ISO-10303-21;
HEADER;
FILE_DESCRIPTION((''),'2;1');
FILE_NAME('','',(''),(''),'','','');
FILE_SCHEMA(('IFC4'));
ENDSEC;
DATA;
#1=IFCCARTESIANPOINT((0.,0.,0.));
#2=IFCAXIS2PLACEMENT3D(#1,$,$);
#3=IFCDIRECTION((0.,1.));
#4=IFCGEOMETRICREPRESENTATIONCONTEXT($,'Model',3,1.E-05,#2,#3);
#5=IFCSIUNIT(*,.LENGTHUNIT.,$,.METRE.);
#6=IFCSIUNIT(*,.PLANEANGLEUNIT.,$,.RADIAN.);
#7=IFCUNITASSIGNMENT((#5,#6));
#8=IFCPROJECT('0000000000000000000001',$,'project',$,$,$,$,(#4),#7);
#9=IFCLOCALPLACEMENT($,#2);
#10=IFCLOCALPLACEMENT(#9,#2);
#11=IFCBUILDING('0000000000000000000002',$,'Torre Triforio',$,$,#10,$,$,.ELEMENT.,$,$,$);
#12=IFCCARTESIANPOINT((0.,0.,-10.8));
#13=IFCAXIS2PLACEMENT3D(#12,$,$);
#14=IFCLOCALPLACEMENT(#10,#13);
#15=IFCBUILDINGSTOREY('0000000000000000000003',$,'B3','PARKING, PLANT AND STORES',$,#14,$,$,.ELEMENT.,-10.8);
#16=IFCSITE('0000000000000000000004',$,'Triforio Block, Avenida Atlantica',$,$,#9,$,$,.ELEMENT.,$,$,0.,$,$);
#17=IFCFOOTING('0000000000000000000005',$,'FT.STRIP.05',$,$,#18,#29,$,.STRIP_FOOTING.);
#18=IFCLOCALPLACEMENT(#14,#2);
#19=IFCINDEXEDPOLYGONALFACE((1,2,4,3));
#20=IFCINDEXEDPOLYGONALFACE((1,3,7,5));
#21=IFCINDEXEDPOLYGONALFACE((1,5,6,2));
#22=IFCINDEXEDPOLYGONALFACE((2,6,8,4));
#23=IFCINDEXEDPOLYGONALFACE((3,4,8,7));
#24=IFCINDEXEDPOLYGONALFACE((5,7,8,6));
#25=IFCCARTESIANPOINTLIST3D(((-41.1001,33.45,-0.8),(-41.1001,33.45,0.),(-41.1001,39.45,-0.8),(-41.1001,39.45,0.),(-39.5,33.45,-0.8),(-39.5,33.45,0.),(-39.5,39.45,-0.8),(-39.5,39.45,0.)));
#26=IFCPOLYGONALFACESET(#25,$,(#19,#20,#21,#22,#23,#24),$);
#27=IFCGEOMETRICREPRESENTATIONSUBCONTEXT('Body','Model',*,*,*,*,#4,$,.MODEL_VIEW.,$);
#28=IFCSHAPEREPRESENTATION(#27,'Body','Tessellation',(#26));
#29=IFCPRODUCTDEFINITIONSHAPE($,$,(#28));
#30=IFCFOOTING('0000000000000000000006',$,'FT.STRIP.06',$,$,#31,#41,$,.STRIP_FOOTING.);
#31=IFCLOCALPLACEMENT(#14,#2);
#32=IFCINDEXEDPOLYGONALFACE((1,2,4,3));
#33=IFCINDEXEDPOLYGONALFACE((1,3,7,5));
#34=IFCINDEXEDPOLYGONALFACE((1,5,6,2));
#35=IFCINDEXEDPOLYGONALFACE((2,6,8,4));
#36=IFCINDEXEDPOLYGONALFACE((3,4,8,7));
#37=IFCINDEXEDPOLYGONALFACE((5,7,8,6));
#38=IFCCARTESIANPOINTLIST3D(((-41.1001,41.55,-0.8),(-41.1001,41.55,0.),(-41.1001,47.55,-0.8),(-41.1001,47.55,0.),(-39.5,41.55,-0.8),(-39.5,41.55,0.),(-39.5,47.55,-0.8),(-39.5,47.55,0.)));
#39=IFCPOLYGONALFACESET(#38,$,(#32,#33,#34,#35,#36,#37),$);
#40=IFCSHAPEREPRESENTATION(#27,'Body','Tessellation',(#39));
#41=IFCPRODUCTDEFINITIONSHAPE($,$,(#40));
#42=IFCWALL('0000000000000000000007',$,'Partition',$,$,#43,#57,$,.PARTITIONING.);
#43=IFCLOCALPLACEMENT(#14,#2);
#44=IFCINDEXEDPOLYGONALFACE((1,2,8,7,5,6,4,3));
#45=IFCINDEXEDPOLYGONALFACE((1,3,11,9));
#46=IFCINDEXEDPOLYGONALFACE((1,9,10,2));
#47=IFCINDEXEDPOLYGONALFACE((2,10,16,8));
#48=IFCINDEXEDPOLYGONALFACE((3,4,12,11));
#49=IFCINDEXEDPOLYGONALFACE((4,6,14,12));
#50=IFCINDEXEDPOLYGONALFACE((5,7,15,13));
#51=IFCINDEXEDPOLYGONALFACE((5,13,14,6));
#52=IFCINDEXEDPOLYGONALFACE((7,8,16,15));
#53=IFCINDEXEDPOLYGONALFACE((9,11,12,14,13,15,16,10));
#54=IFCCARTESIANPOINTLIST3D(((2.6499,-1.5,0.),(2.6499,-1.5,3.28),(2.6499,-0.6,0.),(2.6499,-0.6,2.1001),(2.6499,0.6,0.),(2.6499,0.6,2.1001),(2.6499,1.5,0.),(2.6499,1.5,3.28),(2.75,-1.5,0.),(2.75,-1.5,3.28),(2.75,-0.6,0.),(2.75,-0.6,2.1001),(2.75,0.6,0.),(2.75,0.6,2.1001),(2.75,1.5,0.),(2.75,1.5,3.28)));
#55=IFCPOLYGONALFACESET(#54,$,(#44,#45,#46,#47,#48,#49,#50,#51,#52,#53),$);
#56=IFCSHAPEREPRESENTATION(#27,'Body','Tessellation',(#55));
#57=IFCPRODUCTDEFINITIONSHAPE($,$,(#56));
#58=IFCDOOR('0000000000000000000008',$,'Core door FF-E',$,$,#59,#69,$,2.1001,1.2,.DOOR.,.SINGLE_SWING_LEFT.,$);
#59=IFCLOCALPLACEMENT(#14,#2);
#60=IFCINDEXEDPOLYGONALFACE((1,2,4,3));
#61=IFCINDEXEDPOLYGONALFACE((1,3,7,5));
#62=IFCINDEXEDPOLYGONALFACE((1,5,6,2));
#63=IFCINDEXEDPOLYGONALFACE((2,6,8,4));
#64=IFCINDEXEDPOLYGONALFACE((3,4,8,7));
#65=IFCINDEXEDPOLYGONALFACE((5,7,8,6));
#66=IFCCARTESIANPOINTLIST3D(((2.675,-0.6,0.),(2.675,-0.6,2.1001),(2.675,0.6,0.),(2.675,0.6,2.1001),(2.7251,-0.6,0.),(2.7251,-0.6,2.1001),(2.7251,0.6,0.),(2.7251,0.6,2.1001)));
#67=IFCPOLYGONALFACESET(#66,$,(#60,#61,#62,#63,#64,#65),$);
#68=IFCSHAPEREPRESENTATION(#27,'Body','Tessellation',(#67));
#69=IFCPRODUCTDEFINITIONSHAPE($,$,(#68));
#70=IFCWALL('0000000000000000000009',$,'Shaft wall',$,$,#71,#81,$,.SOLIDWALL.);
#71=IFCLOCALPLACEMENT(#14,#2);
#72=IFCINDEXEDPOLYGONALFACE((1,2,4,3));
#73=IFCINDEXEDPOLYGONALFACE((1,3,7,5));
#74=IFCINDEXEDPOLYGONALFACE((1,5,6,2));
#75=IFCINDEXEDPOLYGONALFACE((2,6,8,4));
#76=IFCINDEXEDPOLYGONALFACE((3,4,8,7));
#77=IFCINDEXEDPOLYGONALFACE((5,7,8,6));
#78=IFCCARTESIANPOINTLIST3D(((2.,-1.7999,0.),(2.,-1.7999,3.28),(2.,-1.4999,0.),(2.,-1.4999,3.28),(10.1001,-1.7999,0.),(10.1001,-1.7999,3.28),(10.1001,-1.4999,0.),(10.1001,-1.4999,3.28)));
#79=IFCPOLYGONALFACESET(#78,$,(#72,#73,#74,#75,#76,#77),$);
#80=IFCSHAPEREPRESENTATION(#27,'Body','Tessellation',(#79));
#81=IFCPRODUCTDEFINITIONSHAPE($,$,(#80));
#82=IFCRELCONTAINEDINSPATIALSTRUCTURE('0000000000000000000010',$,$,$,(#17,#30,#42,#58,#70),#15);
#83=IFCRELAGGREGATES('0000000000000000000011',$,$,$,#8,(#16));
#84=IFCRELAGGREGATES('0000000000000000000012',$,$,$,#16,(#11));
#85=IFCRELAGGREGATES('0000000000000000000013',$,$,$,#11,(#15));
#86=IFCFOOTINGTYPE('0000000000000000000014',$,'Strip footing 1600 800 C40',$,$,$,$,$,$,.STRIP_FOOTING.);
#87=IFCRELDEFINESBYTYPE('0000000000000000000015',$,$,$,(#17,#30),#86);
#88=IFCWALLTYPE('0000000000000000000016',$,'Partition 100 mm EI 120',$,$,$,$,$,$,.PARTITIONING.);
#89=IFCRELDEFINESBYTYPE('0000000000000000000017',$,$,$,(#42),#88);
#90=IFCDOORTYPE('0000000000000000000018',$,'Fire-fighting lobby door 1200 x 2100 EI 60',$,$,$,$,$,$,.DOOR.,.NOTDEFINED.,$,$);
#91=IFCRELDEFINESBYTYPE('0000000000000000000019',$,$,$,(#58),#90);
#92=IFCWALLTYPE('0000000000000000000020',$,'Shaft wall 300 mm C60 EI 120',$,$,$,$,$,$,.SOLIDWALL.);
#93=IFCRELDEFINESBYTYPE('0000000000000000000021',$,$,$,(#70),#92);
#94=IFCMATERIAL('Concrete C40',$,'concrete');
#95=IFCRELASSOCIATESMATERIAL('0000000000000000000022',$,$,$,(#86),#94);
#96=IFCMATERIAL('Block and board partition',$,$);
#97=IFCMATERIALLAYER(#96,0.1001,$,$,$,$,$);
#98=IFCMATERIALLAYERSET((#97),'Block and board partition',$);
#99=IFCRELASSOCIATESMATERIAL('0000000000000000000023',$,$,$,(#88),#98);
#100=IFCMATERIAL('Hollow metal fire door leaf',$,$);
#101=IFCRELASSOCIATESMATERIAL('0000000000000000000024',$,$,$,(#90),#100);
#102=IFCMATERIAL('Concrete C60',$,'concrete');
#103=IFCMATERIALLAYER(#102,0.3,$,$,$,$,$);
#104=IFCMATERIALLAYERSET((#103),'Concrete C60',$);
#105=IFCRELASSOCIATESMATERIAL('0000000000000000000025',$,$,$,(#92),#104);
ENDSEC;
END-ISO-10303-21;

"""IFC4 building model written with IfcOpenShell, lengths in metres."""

from ifc_helpers import new_model, si_unit, direction, frame, frame_2d, origin, place, context, subcontext, project, spatial, polyline, rectangle, outline, extrude, material, layer, layer_set, type_object, element, fill, save


model = new_model("IFC4")

# Units and contexts
model_context = context("Model", 3, precision=1e-05, world=origin(), true_north=direction((0.0, 1.0)))
body_context = subcontext(model_context, "Body", "Model", "MODEL_VIEW")
ifc_project = project(units=[si_unit("LENGTHUNIT", "METRE"), si_unit("PLANEANGLEUNIT", "RADIAN")], contexts=[model_context])

# Site, building, storey
site_placement = place(None, origin())
site = spatial("IfcSite", under=ifc_project, at=site_placement, Name="Triforio Block, Avenida Atlantica", CompositionType="ELEMENT", RefElevation=0.0)
building_placement = place(site_placement, origin())
building = spatial("IfcBuilding", under=site, at=building_placement, Name="Torre Triforio", CompositionType="ELEMENT")
storey_placement = place(building_placement, frame((0.0, 0.0, -10.8)))
storey = spatial("IfcBuildingStorey", under=building, at=storey_placement, Name="B3", Description="PARKING, PLANT AND STORES", CompositionType="ELEMENT", Elevation=-10.8)

# Footings
ifc_material_1 = material(Name="Concrete C40", Category="concrete")
footing_type_1 = type_object("IfcFootingType", Name="Strip footing 1600 800 C40", PredefinedType="STRIP_FOOTING", material=ifc_material_1)
footing_1_placement = place(storey_placement, frame((0.0, 0.0, -0.8)))
element("IfcFooting", 1, at=footing_1_placement, inside=storey, type_object=footing_type_1, Name="FT.STRIP.05", PredefinedType="STRIP_FOOTING", context=body_context, shape_type="SweptSolid", body=[
    extrude(outline(polyline([(-41.1001, 39.45), (-41.1001, 33.45), (-39.5, 33.45), (-39.5, 39.45), (-41.1001, 39.45)])), origin(), (0.0, 0.0, 1.0), 0.8),
])
footing_2_placement = place(storey_placement, frame((0.0, 0.0, -0.8)))
element("IfcFooting", 2, at=footing_2_placement, inside=storey, type_object=footing_type_1, Name="FT.STRIP.06", PredefinedType="STRIP_FOOTING", context=body_context, shape_type="SweptSolid", body=[
    extrude(outline(polyline([(-41.1001, 47.55), (-41.1001, 41.55), (-39.5, 41.55), (-39.5, 47.55), (-41.1001, 47.55)])), origin(), (0.0, 0.0, 1.0), 0.8),
])

# Wall, opening, door
ifc_material_2 = material(Name="Block and board partition")
ifc_layer_1 = layer(ifc_material_2, 0.1001)
ifc_layer_set_1 = layer_set([ifc_layer_1], Name="Block and board partition")
wall_type_1 = type_object("IfcWallType", Name="Partition 100 mm EI 120", PredefinedType="PARTITIONING", material=ifc_layer_set_1)
wall_1_placement = place(storey_placement, frame((2.7, -1.5, 0.0), z_axis=(0.0, 0.0, 1.0), x_axis=(0.0, 1.0, 0.0)))
wall_1 = element("IfcWall", 3, at=wall_1_placement, inside=storey, type_object=wall_type_1, Name="Partition", PredefinedType="PARTITIONING", context=body_context, shape_type="SweptSolid", body=[
    extrude(rectangle(XDim=3.0, YDim=0.1001, at=frame_2d((1.5, 0.0))), origin(), (0.0, 0.0, 1.0), 3.28),
])
opening_placement = place(wall_1_placement, frame((0.8999, 0.0, 0.0)))
opening = element("IfcOpeningElement", 4, at=opening_placement, cuts=wall_1, PredefinedType="OPENING", context=body_context, shape_type="SweptSolid", body=[
    extrude(rectangle(XDim=1.2, YDim=2.1001, at=frame_2d((0.6001, 1.05))), frame((0.0, 0.0601, 0.0), z_axis=(0.0, -1.0, 0.0), x_axis=(1.0, 0.0, 0.0)), (0.0, 0.0, 1.0), 0.1201),
])
ifc_material_3 = material(Name="Hollow metal fire door leaf")
door_type = type_object("IfcDoorType", Name="Fire-fighting lobby door 1200 x 2100 EI 60", OperationType="NOTDEFINED", PredefinedType="DOOR", material=ifc_material_3)
door_placement = place(opening_placement, origin())
door = element("IfcDoor", 5, at=door_placement, inside=storey, type_object=door_type, Name="Core door FF-E", OperationType="SINGLE_SWING_LEFT", OverallHeight=2.1001, OverallWidth=1.2, PredefinedType="DOOR", context=body_context, shape_type="SweptSolid", body=[
    extrude(rectangle(XDim=1.2, YDim=2.1001, at=frame_2d((0.6001, 1.05))), frame((0.0, 0.0249, 0.0), z_axis=(0.0, -1.0, 0.0), x_axis=(1.0, 0.0, 0.0)), (0.0, 0.0, 1.0), 0.05),
])
fill(opening, door)

# Wall
ifc_material_4 = material(Name="Concrete C60", Category="concrete")
ifc_layer_2 = layer(ifc_material_4, 0.3)
ifc_layer_set_2 = layer_set([ifc_layer_2], Name="Concrete C60")
wall_type_2 = type_object("IfcWallType", Name="Shaft wall 300 mm C60 EI 120", PredefinedType="SOLIDWALL", material=ifc_layer_set_2)
wall_2_placement = place(storey_placement, frame((2.0, -1.6499, 0.0), z_axis=(0.0, 0.0, 1.0), x_axis=(1.0, 0.0, 0.0)))
element("IfcWall", 6, at=wall_2_placement, inside=storey, type_object=wall_type_2, Name="Shaft wall", PredefinedType="SOLIDWALL", context=body_context, shape_type="SweptSolid", body=[
    extrude(rectangle(XDim=8.1001, YDim=0.3, at=frame_2d((4.05, 0.0))), origin(), (0.0, 0.0, 1.0), 3.28),
])

save(model, "model.ifc")
